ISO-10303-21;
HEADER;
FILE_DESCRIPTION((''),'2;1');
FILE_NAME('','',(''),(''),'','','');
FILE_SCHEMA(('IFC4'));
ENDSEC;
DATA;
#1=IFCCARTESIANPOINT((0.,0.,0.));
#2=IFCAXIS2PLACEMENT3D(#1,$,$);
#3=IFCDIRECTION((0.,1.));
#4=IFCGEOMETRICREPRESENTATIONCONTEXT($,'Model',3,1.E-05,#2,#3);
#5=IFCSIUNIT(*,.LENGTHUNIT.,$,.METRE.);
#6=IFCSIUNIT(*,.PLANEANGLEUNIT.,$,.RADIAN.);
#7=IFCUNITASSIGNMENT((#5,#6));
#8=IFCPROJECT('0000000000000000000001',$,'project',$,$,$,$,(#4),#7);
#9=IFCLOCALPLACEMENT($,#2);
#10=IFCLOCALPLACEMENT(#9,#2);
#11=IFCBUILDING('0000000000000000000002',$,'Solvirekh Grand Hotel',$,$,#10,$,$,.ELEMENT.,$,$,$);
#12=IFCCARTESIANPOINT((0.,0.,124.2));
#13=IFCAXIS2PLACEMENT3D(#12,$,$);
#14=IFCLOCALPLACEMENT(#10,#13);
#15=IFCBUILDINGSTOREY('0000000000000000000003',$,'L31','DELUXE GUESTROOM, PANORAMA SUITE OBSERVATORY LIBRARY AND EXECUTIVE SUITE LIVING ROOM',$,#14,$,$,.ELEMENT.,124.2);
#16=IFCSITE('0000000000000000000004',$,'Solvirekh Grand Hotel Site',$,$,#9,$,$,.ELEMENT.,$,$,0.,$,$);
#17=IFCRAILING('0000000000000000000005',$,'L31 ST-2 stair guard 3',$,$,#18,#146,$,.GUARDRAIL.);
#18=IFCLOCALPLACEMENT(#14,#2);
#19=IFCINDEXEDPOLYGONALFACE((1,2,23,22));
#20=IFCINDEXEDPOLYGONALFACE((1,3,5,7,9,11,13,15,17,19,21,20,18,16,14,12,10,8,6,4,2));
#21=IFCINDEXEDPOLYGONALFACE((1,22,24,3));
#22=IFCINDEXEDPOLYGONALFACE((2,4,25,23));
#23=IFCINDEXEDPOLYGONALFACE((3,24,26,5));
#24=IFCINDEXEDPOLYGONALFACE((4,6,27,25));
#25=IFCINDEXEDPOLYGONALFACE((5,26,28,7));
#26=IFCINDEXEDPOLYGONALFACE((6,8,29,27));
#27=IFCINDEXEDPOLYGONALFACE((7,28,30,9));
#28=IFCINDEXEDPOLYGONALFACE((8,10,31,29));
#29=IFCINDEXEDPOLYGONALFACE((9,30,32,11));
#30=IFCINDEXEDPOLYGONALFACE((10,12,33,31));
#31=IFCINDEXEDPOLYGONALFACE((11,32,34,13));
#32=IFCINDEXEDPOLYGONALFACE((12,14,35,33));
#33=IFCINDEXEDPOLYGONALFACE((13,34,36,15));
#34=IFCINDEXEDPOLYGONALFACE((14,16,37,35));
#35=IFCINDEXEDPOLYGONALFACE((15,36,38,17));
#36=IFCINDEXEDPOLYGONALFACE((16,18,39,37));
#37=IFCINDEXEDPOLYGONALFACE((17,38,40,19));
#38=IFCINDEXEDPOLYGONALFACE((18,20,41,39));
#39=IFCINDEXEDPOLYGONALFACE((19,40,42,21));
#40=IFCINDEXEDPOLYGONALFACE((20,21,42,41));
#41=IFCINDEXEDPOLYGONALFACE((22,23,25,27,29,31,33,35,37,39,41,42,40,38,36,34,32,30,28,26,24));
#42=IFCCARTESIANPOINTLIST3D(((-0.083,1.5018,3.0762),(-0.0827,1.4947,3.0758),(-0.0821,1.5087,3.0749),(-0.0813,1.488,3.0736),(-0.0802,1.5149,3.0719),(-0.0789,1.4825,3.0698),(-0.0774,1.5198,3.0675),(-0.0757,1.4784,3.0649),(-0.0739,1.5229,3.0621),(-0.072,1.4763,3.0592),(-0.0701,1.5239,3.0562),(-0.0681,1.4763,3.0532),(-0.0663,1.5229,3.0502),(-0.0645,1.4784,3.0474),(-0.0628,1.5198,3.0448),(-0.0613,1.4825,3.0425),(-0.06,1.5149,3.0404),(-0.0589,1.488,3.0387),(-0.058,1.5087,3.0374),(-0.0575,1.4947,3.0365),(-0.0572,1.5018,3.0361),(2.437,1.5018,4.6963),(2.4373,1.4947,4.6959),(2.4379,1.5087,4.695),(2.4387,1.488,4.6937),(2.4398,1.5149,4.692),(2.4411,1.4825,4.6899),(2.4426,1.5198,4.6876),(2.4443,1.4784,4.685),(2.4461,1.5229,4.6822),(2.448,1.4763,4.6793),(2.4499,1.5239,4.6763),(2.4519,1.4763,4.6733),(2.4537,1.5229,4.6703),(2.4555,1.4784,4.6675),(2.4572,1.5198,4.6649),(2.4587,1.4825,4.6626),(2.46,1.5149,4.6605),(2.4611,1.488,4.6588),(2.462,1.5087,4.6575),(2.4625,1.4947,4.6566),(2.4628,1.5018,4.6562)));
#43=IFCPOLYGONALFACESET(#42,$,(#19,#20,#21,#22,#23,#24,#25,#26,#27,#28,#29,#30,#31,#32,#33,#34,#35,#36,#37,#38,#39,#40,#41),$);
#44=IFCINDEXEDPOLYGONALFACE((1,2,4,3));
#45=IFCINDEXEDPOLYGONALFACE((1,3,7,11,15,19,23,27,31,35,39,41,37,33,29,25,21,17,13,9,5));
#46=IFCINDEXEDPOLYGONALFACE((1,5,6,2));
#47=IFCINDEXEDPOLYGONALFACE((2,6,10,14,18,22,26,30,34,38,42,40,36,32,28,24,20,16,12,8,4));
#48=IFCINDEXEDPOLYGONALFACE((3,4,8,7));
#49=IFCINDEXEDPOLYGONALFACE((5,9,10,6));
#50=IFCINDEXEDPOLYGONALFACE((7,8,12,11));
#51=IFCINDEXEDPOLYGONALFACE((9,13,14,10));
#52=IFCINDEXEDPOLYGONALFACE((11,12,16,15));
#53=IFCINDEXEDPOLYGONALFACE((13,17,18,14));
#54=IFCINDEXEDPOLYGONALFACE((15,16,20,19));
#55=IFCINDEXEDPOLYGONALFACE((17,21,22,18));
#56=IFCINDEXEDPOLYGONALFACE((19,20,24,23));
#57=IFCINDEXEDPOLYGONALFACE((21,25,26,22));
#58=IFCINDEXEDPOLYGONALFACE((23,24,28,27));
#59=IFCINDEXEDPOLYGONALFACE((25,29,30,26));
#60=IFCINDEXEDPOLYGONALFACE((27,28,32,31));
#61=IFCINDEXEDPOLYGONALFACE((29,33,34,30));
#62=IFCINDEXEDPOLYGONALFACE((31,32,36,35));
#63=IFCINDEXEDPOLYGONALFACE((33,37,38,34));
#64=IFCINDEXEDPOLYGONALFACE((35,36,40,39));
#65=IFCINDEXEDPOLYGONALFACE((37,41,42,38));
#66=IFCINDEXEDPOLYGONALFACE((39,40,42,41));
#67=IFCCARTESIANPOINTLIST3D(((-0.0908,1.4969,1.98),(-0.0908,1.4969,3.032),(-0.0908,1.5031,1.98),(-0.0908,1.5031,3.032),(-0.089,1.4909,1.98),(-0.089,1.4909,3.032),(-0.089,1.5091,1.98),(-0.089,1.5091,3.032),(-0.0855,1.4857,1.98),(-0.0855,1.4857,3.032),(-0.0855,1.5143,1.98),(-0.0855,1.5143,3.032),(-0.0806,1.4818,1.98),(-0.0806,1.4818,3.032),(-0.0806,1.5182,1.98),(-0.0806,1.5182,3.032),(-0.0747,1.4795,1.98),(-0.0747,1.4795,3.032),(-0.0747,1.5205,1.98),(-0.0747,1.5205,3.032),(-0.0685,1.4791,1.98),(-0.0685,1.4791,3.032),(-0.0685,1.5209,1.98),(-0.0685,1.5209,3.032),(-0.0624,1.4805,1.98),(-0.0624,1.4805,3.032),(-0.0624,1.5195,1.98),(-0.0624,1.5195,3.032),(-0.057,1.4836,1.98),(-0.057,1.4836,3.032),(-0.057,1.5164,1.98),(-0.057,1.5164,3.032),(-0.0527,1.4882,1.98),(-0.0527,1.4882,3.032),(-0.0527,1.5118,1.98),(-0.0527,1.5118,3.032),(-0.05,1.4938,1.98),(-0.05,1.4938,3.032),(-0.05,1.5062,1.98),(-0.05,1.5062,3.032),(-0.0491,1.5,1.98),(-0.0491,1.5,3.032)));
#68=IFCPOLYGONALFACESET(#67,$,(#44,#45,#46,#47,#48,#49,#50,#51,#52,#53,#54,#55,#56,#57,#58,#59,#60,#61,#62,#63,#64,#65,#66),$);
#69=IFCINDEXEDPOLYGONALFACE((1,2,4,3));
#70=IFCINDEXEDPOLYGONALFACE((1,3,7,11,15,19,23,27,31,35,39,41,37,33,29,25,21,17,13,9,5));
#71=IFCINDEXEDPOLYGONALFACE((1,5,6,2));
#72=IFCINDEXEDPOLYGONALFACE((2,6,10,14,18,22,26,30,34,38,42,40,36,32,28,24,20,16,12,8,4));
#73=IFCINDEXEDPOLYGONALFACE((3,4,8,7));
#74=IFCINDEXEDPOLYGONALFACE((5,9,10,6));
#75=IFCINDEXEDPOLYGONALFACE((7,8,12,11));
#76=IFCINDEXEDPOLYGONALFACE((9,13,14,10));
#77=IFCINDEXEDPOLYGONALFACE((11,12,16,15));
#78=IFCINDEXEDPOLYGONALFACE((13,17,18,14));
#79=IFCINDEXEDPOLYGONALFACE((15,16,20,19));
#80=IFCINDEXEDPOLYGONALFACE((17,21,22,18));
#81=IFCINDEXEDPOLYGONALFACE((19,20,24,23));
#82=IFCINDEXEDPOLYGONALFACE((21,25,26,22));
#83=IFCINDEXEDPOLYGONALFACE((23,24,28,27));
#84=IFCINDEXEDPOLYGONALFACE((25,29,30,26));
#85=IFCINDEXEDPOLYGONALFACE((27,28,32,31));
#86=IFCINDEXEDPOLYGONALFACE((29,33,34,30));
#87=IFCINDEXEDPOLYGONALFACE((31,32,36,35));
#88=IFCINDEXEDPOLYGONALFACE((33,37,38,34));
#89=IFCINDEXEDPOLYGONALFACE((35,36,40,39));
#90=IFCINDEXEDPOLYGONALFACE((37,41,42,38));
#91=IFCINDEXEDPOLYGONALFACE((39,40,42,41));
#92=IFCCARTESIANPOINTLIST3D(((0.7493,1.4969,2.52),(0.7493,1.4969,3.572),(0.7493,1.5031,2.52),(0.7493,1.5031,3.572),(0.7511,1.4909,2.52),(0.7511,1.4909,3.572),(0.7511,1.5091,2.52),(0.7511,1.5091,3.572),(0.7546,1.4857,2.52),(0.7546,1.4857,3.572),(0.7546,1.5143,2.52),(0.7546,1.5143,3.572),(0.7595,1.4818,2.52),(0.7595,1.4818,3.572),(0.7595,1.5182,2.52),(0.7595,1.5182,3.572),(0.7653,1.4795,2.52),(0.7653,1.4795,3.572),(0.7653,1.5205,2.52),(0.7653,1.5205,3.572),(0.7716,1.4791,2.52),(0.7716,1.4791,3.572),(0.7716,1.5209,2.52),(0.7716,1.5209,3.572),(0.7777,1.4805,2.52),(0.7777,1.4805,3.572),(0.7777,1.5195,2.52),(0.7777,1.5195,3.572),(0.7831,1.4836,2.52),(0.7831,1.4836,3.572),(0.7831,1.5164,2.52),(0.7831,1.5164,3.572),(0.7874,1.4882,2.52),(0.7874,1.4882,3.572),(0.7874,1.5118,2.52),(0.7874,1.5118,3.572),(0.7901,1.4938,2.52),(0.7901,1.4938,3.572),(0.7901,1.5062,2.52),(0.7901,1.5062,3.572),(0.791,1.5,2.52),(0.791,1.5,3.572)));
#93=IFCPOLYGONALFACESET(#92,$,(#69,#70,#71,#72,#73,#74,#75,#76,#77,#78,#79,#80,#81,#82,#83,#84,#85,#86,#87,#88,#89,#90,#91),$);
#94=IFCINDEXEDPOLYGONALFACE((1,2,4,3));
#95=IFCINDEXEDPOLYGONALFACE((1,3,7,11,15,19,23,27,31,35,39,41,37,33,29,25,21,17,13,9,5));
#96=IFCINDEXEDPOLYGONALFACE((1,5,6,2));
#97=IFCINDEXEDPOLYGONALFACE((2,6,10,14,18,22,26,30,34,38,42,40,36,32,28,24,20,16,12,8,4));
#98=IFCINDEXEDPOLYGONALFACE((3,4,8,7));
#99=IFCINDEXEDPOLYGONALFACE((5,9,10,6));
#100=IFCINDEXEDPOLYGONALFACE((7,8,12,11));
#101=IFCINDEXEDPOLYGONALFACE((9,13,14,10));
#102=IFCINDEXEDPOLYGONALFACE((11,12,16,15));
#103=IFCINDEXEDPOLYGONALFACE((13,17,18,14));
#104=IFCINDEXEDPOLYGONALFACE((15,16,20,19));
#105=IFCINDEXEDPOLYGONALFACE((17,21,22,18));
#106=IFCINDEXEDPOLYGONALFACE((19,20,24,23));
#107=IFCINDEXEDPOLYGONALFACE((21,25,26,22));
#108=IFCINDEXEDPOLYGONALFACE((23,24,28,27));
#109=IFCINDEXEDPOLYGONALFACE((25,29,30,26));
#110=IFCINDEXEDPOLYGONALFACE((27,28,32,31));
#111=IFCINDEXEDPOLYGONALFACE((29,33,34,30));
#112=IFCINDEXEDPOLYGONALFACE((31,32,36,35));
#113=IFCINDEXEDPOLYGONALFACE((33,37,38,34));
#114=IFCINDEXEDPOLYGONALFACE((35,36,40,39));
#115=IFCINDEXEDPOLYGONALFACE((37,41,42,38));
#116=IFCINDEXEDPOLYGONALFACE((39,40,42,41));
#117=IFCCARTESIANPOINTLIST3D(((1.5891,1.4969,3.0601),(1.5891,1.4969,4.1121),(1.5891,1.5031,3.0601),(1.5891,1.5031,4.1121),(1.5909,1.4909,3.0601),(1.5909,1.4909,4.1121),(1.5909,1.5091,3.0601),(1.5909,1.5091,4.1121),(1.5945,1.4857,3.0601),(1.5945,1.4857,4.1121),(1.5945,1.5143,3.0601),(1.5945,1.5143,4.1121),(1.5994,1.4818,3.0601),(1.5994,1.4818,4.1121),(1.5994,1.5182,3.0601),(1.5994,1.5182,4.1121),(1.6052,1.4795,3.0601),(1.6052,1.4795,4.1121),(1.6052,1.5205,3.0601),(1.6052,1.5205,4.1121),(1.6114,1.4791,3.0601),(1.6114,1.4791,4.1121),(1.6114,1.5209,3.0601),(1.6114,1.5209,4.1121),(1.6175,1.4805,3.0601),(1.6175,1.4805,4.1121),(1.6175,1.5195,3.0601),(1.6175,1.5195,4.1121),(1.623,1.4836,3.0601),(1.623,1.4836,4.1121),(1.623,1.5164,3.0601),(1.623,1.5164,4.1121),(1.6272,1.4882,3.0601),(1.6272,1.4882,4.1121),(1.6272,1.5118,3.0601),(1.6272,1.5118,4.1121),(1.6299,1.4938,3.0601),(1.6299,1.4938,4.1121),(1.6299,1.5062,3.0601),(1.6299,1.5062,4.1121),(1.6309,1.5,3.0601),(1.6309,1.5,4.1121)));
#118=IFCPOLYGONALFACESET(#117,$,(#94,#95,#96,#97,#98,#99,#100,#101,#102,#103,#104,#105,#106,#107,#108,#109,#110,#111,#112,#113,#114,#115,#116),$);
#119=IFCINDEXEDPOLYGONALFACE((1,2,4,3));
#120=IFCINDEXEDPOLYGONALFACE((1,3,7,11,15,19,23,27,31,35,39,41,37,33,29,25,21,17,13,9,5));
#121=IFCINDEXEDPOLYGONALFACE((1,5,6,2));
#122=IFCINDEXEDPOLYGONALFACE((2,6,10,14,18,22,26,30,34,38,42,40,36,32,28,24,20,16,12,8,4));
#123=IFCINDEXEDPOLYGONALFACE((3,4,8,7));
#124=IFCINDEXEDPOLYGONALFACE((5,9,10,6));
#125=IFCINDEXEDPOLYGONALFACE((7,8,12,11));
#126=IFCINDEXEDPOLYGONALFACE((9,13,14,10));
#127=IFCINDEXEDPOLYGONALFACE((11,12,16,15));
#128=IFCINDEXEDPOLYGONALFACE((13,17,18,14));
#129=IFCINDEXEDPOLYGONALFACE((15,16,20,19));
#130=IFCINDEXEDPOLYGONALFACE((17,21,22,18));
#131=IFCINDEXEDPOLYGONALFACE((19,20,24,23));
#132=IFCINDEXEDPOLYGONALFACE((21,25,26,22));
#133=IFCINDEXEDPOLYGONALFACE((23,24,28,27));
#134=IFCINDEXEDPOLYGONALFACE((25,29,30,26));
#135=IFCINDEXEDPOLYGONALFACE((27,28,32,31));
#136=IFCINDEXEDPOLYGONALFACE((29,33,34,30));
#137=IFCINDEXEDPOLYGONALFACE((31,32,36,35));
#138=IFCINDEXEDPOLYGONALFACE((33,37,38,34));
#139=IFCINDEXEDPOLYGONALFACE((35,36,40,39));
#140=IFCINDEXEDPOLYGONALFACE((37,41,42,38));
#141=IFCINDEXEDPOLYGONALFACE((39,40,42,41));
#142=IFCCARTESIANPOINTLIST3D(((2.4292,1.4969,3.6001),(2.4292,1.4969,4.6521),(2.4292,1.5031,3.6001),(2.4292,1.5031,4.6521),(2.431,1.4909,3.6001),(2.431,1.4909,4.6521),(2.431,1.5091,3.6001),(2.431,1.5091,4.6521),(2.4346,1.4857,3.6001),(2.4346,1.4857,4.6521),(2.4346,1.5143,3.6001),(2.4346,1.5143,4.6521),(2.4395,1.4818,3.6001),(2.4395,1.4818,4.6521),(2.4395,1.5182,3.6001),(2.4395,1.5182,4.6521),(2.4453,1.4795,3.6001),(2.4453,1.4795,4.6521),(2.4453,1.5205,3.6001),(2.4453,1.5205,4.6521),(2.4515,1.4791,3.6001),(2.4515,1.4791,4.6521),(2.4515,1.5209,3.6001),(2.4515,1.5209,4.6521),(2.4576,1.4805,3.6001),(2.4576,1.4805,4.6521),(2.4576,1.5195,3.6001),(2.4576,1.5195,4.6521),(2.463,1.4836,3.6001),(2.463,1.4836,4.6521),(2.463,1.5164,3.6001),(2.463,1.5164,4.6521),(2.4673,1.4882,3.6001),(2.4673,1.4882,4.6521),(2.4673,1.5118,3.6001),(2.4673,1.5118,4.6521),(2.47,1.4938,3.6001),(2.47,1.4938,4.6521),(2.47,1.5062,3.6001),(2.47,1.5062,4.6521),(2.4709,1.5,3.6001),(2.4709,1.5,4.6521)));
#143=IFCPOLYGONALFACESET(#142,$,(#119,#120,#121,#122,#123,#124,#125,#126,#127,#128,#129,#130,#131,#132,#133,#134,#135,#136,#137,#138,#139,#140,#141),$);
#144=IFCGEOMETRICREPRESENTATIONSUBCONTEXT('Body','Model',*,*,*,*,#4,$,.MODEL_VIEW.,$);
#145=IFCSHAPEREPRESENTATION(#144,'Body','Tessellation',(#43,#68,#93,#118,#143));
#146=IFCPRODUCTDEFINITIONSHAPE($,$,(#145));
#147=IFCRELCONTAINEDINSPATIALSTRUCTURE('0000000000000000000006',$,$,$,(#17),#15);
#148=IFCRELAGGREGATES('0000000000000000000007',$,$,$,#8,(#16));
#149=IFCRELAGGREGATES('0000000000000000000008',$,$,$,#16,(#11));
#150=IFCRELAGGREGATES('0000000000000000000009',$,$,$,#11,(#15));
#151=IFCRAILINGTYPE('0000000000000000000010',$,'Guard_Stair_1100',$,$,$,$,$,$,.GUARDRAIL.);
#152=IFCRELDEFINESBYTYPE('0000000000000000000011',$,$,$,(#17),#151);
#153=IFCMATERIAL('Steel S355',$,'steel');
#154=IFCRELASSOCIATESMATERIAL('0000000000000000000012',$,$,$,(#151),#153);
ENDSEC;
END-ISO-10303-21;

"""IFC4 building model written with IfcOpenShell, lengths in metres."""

from ifc_helpers import new_model, si_unit, direction, frame, origin, origin_2d, place, context, subcontext, project, spatial, circle, extrude, material, type_object, element, save


model = new_model("IFC4")

# Units and contexts
model_context = context("Model", 3, precision=1e-05, world=origin(), true_north=direction((0.0, 1.0)))
body_context = subcontext(model_context, "Body", "Model", "MODEL_VIEW")
ifc_project = project(units=[si_unit("LENGTHUNIT", "METRE"), si_unit("PLANEANGLEUNIT", "RADIAN")], contexts=[model_context])

# Site, building, storey
site_placement = place(None, origin())
site = spatial("IfcSite", under=ifc_project, at=site_placement, Name="Solvirekh Grand Hotel Site", CompositionType="ELEMENT", RefElevation=0.0)
building_placement = place(site_placement, origin())
building = spatial("IfcBuilding", under=site, at=building_placement, Name="Solvirekh Grand Hotel", CompositionType="ELEMENT")
storey_placement = place(building_placement, frame((0.0, 0.0, 124.2)))
storey = spatial("IfcBuildingStorey", under=building, at=storey_placement, Name="L31", Description="DELUXE GUESTROOM, PANORAMA SUITE OBSERVATORY LIBRARY AND EXECUTIVE SUITE LIVING ROOM", CompositionType="ELEMENT", Elevation=124.2)

# Shared definitions
ifc_material_1 = material(Name="Steel S355", Category="steel")

# Railing
railing_type = type_object("IfcRailingType", Name="Guard_Stair_1100", PredefinedType="GUARDRAIL", material=ifc_material_1)
railing_1_placement = place(storey_placement, frame((-0.0701, 1.5, 1.98)))
element("IfcRailing", 1, at=railing_1_placement, inside=storey, type_object=railing_type, Name="L31 ST-2 stair guard 3", PredefinedType="GUARDRAIL", context=body_context, shape_type="SweptSolid", body=[
    extrude(circle(Radius=0.0239, at=origin_2d()), frame((0.0, 0.0, 1.0762), z_axis=(0.841163, 0.0, 0.540782), x_axis=(0.0, 1.0, 0.0)), (0.0, 0.0, 1.0), 2.9958),
    extrude(circle(Radius=0.021, at=origin_2d()), origin(), (0.0, 0.0, 1.0), 1.052),
    extrude(circle(Radius=0.021, at=origin_2d()), frame((0.8401, 0.0, 0.54)), (0.0, 0.0, 1.0), 1.052),
    extrude(circle(Radius=0.021, at=origin_2d()), frame((1.6799, 0.0, 1.0801)), (0.0, 0.0, 1.0), 1.052),
    extrude(circle(Radius=0.021, at=origin_2d()), frame((2.52, 0.0, 1.6201)), (0.0, 0.0, 1.0), 1.052),
])

save(model, "model.ifc")
